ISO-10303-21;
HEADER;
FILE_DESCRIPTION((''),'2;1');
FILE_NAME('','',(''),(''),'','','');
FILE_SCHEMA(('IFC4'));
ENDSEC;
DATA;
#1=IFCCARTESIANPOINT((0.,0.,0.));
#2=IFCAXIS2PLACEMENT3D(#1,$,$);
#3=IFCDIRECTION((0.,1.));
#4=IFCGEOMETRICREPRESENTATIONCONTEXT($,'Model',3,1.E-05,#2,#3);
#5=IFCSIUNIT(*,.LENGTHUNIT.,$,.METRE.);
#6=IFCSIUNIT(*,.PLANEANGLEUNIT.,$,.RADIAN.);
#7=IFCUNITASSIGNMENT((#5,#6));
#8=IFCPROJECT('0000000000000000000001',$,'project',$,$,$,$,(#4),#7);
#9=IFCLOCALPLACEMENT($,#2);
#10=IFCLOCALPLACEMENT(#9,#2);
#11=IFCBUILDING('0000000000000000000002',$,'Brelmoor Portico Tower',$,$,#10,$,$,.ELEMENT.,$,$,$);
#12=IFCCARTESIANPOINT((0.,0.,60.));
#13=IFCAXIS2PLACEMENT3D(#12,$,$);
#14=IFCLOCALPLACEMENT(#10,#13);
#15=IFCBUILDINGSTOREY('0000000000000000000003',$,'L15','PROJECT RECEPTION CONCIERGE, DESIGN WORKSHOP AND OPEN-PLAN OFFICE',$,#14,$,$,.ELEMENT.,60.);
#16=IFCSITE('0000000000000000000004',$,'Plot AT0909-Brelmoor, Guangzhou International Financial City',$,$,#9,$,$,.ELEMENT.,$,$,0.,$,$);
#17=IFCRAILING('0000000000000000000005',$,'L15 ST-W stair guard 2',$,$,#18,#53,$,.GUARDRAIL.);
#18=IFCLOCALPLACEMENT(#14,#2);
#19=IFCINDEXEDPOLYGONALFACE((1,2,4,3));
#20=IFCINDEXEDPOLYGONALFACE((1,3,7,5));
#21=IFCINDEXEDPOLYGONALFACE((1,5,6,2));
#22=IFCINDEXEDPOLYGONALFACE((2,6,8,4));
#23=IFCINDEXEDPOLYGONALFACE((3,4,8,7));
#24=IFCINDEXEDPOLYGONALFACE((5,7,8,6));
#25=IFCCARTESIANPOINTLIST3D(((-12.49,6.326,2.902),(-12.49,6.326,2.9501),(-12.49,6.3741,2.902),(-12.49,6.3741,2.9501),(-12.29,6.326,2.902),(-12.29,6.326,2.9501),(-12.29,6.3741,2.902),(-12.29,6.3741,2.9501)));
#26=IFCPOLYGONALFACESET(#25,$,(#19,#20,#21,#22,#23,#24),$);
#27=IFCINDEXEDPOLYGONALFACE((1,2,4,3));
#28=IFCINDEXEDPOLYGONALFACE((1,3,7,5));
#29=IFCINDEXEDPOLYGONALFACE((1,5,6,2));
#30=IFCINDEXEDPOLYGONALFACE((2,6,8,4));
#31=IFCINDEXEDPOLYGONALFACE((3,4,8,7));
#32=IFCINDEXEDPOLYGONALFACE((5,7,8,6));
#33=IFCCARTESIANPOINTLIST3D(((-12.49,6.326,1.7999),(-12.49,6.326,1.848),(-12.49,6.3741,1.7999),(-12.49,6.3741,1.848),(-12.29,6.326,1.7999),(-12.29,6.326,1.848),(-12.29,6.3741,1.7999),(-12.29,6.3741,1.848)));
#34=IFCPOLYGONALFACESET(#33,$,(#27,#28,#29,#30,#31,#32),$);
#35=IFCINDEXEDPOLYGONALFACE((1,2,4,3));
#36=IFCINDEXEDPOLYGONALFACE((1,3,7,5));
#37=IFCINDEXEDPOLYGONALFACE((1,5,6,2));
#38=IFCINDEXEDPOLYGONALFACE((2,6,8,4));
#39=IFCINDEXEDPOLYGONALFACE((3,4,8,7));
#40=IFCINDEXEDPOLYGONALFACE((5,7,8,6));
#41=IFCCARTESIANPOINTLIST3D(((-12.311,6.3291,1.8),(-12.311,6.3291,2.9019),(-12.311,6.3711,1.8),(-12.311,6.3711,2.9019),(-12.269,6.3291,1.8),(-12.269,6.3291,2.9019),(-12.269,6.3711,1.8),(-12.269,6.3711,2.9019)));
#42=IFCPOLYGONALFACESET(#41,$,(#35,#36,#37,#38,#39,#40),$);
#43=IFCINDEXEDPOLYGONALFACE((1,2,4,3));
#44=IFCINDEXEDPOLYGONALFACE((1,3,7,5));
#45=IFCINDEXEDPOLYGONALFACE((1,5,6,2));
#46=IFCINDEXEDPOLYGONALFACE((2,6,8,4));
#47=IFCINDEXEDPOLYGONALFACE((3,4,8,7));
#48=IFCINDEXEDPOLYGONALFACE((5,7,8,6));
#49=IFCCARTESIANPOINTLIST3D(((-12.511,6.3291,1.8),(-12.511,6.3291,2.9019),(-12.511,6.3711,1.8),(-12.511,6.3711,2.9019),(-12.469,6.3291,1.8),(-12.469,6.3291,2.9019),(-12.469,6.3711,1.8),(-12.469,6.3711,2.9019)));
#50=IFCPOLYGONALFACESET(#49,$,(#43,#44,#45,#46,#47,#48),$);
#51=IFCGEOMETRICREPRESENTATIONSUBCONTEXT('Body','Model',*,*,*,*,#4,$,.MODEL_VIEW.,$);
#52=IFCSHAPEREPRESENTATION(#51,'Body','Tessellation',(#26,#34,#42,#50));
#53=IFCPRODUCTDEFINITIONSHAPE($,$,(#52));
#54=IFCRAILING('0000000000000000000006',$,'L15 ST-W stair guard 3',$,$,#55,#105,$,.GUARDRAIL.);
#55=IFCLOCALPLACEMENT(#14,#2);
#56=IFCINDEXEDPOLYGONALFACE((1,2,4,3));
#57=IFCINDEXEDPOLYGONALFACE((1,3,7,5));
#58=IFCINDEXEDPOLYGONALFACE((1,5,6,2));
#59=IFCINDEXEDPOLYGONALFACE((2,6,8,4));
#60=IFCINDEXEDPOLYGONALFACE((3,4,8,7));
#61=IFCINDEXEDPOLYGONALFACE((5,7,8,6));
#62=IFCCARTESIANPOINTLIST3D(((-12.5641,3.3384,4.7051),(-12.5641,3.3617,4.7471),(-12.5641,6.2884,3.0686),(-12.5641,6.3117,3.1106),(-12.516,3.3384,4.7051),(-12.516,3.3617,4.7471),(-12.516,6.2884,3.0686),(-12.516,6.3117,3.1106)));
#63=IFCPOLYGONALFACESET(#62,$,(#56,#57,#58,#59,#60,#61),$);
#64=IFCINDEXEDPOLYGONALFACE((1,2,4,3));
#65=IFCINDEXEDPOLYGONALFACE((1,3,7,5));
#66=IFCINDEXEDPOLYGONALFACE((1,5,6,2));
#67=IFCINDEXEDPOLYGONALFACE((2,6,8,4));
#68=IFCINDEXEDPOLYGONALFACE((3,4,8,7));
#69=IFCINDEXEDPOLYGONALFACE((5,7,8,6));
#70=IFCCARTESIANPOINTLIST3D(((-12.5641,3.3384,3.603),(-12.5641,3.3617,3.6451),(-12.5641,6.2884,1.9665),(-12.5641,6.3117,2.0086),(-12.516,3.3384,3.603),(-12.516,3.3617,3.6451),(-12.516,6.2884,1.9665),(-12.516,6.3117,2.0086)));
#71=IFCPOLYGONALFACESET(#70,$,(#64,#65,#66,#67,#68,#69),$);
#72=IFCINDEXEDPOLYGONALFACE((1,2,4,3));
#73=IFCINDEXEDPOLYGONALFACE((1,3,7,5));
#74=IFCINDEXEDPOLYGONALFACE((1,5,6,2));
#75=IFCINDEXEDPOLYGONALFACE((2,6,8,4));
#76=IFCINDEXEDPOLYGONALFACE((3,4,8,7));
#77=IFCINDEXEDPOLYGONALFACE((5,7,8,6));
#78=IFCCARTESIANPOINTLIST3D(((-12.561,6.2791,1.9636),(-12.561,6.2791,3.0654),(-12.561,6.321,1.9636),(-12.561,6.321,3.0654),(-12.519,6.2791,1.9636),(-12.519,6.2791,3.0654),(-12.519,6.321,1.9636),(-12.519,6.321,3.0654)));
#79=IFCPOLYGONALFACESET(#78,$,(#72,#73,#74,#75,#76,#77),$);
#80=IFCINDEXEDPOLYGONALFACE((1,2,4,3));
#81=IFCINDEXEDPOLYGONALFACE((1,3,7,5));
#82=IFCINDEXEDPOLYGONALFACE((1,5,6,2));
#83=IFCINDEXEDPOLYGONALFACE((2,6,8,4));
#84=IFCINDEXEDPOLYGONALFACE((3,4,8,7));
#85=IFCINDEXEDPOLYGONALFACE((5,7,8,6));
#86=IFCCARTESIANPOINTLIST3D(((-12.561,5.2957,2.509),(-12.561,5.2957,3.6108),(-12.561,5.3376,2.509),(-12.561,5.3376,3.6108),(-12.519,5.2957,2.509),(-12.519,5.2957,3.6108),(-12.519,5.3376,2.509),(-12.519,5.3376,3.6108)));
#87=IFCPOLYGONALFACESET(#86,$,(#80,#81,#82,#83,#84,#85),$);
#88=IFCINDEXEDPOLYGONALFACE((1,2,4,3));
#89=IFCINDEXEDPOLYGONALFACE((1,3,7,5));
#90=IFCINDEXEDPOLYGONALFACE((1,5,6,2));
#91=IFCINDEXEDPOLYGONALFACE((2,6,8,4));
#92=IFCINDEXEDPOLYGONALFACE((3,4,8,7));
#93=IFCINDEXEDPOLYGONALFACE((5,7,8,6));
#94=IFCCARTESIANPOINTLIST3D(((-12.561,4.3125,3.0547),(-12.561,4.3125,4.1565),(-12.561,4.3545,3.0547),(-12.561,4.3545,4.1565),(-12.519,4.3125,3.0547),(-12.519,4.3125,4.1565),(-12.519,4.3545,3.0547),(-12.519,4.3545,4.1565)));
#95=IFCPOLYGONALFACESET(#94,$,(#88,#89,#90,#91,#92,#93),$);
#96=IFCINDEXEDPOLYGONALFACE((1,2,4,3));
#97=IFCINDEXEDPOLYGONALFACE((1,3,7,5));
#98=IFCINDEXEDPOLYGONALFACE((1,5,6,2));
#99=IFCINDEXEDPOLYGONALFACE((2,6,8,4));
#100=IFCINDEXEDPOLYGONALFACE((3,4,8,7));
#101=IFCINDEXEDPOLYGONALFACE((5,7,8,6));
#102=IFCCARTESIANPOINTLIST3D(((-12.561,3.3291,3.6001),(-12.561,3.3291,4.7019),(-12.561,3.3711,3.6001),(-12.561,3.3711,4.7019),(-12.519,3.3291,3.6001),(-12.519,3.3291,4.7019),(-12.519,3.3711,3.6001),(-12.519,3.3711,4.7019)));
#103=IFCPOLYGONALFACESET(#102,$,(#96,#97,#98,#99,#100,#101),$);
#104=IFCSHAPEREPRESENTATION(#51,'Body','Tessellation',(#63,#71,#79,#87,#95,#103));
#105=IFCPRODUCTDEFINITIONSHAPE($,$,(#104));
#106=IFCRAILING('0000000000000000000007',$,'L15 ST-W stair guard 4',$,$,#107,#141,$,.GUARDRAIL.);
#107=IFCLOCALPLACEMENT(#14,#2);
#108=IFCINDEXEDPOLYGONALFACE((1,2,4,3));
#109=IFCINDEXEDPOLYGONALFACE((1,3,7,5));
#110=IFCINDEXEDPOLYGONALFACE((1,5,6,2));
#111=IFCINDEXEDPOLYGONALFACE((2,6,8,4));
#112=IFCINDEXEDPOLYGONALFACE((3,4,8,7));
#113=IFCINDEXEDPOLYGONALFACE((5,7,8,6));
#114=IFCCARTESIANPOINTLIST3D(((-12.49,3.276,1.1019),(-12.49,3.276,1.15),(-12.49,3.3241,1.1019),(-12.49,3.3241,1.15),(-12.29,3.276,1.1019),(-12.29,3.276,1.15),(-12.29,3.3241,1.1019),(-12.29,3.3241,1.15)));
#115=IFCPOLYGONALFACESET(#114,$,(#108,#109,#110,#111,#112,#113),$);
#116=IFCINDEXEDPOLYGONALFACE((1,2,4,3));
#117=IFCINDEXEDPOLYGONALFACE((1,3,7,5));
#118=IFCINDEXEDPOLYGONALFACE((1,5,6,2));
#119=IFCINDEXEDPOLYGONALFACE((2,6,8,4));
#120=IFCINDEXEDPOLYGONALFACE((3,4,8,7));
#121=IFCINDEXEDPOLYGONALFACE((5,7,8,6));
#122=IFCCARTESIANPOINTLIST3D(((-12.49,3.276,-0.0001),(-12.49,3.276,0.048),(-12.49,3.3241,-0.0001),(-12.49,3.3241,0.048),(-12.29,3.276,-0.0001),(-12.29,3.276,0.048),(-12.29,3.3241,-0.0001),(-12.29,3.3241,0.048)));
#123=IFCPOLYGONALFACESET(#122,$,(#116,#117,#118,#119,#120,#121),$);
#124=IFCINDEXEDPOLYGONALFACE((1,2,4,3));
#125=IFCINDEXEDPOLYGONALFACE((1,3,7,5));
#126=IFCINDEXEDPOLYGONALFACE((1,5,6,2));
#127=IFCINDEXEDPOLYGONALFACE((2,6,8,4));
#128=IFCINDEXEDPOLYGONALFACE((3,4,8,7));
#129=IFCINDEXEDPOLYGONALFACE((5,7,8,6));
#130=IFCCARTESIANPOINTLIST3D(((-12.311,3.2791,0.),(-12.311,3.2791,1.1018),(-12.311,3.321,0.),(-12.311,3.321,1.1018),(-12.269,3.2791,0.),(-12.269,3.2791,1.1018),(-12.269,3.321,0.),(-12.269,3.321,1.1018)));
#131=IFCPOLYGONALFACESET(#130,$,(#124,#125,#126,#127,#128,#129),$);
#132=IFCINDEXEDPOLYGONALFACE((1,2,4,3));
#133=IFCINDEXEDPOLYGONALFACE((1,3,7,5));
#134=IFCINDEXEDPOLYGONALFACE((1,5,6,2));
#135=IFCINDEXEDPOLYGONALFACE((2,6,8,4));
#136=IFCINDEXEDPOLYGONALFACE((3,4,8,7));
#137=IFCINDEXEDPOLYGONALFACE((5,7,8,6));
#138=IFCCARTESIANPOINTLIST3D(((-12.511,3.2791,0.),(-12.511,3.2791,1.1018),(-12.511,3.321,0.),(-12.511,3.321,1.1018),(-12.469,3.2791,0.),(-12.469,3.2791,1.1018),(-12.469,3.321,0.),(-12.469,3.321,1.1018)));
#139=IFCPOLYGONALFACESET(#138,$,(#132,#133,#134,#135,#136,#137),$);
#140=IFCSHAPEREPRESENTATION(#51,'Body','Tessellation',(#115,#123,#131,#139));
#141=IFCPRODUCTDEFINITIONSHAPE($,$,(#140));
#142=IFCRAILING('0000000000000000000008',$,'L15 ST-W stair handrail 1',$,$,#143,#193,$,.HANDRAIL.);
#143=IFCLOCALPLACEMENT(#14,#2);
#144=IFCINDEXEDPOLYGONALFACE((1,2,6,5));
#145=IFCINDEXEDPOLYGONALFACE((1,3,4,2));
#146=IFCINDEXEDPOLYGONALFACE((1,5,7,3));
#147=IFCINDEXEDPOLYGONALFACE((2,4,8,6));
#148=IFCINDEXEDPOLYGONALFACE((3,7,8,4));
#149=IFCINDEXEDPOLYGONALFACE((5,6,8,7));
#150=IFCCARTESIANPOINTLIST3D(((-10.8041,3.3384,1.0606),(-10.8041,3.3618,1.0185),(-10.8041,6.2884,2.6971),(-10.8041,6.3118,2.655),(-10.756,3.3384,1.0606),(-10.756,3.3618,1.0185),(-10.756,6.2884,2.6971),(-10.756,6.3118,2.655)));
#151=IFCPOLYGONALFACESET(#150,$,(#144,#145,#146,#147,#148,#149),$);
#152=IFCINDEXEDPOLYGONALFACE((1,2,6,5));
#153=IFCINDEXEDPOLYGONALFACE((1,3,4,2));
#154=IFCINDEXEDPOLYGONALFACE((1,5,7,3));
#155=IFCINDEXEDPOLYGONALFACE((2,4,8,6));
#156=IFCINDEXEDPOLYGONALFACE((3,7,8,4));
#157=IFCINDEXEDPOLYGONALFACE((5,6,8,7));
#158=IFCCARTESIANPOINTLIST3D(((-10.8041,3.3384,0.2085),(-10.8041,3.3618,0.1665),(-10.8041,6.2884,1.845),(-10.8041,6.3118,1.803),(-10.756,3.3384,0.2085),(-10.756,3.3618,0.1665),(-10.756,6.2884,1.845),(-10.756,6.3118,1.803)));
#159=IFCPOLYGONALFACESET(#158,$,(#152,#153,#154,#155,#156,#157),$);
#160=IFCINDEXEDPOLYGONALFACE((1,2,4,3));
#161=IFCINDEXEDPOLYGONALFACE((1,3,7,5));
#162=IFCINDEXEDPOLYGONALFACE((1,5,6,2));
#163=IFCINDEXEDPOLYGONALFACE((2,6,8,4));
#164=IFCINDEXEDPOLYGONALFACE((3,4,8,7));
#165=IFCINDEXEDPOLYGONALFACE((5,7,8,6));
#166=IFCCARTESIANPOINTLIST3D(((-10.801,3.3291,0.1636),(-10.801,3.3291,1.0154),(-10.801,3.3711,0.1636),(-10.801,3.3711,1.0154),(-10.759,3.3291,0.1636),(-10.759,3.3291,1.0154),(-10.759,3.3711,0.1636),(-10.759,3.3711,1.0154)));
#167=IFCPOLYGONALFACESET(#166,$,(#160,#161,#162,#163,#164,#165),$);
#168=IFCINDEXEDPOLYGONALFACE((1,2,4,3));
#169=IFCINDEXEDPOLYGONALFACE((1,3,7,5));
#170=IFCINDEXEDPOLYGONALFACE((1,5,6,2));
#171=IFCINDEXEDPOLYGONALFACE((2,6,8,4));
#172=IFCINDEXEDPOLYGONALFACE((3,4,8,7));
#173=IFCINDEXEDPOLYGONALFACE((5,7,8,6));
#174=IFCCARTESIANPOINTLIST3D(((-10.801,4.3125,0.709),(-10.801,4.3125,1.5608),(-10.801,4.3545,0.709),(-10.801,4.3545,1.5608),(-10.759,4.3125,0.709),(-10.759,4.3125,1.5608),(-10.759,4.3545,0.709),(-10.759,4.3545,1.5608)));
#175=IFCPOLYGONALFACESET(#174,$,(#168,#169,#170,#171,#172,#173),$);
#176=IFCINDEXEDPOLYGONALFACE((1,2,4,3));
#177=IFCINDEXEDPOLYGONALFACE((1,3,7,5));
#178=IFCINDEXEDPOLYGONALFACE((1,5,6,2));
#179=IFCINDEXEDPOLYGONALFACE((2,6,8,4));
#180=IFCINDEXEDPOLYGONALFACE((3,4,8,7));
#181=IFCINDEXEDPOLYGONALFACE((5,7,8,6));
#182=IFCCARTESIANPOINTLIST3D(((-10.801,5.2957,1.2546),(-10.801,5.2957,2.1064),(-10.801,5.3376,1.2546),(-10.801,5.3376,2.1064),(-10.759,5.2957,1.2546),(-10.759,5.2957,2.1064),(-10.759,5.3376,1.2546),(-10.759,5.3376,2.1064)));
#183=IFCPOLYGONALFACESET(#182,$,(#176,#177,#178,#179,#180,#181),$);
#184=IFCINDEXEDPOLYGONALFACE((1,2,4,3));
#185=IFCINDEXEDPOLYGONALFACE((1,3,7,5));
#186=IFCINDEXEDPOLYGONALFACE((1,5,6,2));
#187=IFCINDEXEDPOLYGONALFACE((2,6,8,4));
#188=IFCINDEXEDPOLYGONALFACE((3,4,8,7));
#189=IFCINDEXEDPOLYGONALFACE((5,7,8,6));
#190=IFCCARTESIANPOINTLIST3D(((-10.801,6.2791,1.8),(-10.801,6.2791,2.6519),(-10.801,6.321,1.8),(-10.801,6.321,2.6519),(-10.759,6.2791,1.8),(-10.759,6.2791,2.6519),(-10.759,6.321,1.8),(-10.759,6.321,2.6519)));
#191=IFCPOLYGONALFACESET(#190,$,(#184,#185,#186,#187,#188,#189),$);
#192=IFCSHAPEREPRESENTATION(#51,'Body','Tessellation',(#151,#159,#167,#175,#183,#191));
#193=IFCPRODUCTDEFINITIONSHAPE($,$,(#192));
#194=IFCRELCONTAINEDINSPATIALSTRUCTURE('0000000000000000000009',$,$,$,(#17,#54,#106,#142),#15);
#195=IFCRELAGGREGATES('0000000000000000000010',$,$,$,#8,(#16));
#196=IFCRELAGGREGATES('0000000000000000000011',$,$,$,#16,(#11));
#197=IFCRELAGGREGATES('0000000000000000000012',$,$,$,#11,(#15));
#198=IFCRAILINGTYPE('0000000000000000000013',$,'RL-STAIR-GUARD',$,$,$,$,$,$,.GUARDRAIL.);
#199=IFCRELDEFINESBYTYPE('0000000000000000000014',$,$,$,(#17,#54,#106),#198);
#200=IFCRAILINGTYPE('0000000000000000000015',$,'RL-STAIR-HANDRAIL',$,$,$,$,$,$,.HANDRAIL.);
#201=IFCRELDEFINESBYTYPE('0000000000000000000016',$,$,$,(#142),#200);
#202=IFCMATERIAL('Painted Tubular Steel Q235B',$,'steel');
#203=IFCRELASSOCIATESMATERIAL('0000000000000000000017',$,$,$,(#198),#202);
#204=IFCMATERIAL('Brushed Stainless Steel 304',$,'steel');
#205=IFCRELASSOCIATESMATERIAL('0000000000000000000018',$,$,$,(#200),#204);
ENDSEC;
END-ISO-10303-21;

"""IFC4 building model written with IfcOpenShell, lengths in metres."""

from ifc_helpers import new_model, si_unit, direction, frame, origin, origin_2d, place, context, subcontext, project, spatial, rectangle, extrude, material, type_object, element, save


model = new_model("IFC4")

# Units and contexts
model_context = context("Model", 3, precision=1e-05, world=origin(), true_north=direction((0.0, 1.0)))
body_context = subcontext(model_context, "Body", "Model", "MODEL_VIEW")
ifc_project = project(units=[si_unit("LENGTHUNIT", "METRE"), si_unit("PLANEANGLEUNIT", "RADIAN")], contexts=[model_context])

# Site, building, storey
site_placement = place(None, origin())
site = spatial("IfcSite", under=ifc_project, at=site_placement, Name="Plot AT0909-Brelmoor, Guangzhou International Financial City", CompositionType="ELEMENT", RefElevation=0.0)
building_placement = place(site_placement, origin())
building = spatial("IfcBuilding", under=site, at=building_placement, Name="Brelmoor Portico Tower", CompositionType="ELEMENT")
storey_placement = place(building_placement, frame((0.0, 0.0, 60.0)))
storey = spatial("IfcBuildingStorey", under=building, at=storey_placement, Name="L15", Description="PROJECT RECEPTION CONCIERGE, DESIGN WORKSHOP AND OPEN-PLAN OFFICE", CompositionType="ELEMENT", Elevation=60.0)

# Railings
ifc_material_1 = material(Name="Painted Tubular Steel Q235B", Category="steel")
railing_type_1 = type_object("IfcRailingType", Name="RL-STAIR-GUARD", PredefinedType="GUARDRAIL", material=ifc_material_1)
railing_1_placement = place(storey_placement, frame((-12.29, 6.3501, 1.8)))
element("IfcRailing", 1, at=railing_1_placement, inside=storey, type_object=railing_type_1, Name="L15 ST-W stair guard 2", PredefinedType="GUARDRAIL", context=body_context, shape_type="SweptSolid", body=[
    extrude(rectangle(XDim=0.0481, YDim=0.0481, at=origin_2d()), frame((0.0, 0.0, 1.126), z_axis=(-1.0, 0.0, 0.0), x_axis=(0.0, -1.0, 0.0)), (0.0, 0.0, 1.0), 0.2),
    extrude(rectangle(XDim=0.0481, YDim=0.0481, at=origin_2d()), frame((0.0, 0.0, 0.0239), z_axis=(-1.0, 0.0, 0.0), x_axis=(0.0, -1.0, 0.0)), (0.0, 0.0, 1.0), 0.2),
    extrude(rectangle(XDim=0.042, YDim=0.042, at=origin_2d()), origin(), (0.0, 0.0, 1.0), 1.1018),
    extrude(rectangle(XDim=0.042, YDim=0.042, at=origin_2d()), frame((-0.2, 0.0, 0.0)), (0.0, 0.0, 1.0), 1.1018),
])
railing_2_placement = place(storey_placement, frame((-12.54, 6.3, 1.9636)))
element("IfcRailing", 2, at=railing_2_placement, inside=storey, type_object=railing_type_1, Name="L15 ST-W stair guard 3", PredefinedType="GUARDRAIL", context=body_context, shape_type="SweptSolid", body=[
    extrude(rectangle(XDim=0.0481, YDim=0.0481, at=origin_2d()), frame((0.0, 0.0, 1.126), z_axis=(0.0, -0.874458, 0.485102), x_axis=(1.0, 0.0, 0.0)), (0.0, 0.0, 1.0), 3.3735),
    extrude(rectangle(XDim=0.0481, YDim=0.0481, at=origin_2d()), frame((0.0, 0.0, 0.0239), z_axis=(0.0, -0.874458, 0.485102), x_axis=(1.0, 0.0, 0.0)), (0.0, 0.0, 1.0), 3.3735),
    extrude(rectangle(XDim=0.042, YDim=0.042, at=origin_2d()), origin(), (0.0, 0.0, 1.0), 1.1018),
    extrude(rectangle(XDim=0.042, YDim=0.042, at=origin_2d()), frame((0.0, -0.9834, 0.5454)), (0.0, 0.0, 1.0), 1.1018),
    extrude(rectangle(XDim=0.042, YDim=0.042, at=origin_2d()), frame((0.0, -1.9666, 1.0911)), (0.0, 0.0, 1.0), 1.1018),
    extrude(rectangle(XDim=0.042, YDim=0.042, at=origin_2d()), frame((0.0, -2.95, 1.6365)), (0.0, 0.0, 1.0), 1.1018),
])
railing_3_placement = place(storey_placement, frame((-12.29, 3.3, 0.0)))
element("IfcRailing", 3, at=railing_3_placement, inside=storey, type_object=railing_type_1, Name="L15 ST-W stair guard 4", PredefinedType="GUARDRAIL", context=body_context, shape_type="SweptSolid", body=[
    extrude(rectangle(XDim=0.0481, YDim=0.0481, at=origin_2d()), frame((0.0, 0.0, 1.126), z_axis=(-1.0, 0.0, 0.0), x_axis=(0.0, -1.0, 0.0)), (0.0, 0.0, 1.0), 0.2),
    extrude(rectangle(XDim=0.0481, YDim=0.0481, at=origin_2d()), frame((0.0, 0.0, 0.0239), z_axis=(-1.0, 0.0, 0.0), x_axis=(0.0, -1.0, 0.0)), (0.0, 0.0, 1.0), 0.2),
    extrude(rectangle(XDim=0.042, YDim=0.042, at=origin_2d()), origin(), (0.0, 0.0, 1.0), 1.1018),
    extrude(rectangle(XDim=0.042, YDim=0.042, at=origin_2d()), frame((-0.2, 0.0, 0.0)), (0.0, 0.0, 1.0), 1.1018),
])
ifc_material_2 = material(Name="Brushed Stainless Steel 304", Category="steel")
railing_type_2 = type_object("IfcRailingType", Name="RL-STAIR-HANDRAIL", PredefinedType="HANDRAIL", material=ifc_material_2)
railing_4_placement = place(storey_placement, frame((-10.78, 3.3501, 0.1636)))
element("IfcRailing", 4, at=railing_4_placement, inside=storey, type_object=railing_type_2, Name="L15 ST-W stair handrail 1", PredefinedType="HANDRAIL", context=body_context, shape_type="SweptSolid", body=[
    extrude(rectangle(XDim=0.0481, YDim=0.0481, at=origin_2d()), frame((0.0, 0.0, 0.876), z_axis=(0.0, 0.874458, 0.485102), x_axis=(-1.0, 0.0, 0.0)), (0.0, 0.0, 1.0), 3.3735),
    extrude(rectangle(XDim=0.0481, YDim=0.0481, at=origin_2d()), frame((0.0, 0.0, 0.0239), z_axis=(0.0, 0.874458, 0.485102), x_axis=(-1.0, 0.0, 0.0)), (0.0, 0.0, 1.0), 3.3735),
    extrude(rectangle(XDim=0.042, YDim=0.042, at=origin_2d()), origin(), (0.0, 0.0, 1.0), 0.8518),
    extrude(rectangle(XDim=0.042, YDim=0.042, at=origin_2d()), frame((0.0, 0.9834, 0.5454)), (0.0, 0.0, 1.0), 0.8518),
    extrude(rectangle(XDim=0.042, YDim=0.042, at=origin_2d()), frame((0.0, 1.9666, 1.0911)), (0.0, 0.0, 1.0), 0.8518),
    extrude(rectangle(XDim=0.042, YDim=0.042, at=origin_2d()), frame((0.0, 2.95, 1.6365)), (0.0, 0.0, 1.0), 0.8518),
])

save(model, "model.ifc")
